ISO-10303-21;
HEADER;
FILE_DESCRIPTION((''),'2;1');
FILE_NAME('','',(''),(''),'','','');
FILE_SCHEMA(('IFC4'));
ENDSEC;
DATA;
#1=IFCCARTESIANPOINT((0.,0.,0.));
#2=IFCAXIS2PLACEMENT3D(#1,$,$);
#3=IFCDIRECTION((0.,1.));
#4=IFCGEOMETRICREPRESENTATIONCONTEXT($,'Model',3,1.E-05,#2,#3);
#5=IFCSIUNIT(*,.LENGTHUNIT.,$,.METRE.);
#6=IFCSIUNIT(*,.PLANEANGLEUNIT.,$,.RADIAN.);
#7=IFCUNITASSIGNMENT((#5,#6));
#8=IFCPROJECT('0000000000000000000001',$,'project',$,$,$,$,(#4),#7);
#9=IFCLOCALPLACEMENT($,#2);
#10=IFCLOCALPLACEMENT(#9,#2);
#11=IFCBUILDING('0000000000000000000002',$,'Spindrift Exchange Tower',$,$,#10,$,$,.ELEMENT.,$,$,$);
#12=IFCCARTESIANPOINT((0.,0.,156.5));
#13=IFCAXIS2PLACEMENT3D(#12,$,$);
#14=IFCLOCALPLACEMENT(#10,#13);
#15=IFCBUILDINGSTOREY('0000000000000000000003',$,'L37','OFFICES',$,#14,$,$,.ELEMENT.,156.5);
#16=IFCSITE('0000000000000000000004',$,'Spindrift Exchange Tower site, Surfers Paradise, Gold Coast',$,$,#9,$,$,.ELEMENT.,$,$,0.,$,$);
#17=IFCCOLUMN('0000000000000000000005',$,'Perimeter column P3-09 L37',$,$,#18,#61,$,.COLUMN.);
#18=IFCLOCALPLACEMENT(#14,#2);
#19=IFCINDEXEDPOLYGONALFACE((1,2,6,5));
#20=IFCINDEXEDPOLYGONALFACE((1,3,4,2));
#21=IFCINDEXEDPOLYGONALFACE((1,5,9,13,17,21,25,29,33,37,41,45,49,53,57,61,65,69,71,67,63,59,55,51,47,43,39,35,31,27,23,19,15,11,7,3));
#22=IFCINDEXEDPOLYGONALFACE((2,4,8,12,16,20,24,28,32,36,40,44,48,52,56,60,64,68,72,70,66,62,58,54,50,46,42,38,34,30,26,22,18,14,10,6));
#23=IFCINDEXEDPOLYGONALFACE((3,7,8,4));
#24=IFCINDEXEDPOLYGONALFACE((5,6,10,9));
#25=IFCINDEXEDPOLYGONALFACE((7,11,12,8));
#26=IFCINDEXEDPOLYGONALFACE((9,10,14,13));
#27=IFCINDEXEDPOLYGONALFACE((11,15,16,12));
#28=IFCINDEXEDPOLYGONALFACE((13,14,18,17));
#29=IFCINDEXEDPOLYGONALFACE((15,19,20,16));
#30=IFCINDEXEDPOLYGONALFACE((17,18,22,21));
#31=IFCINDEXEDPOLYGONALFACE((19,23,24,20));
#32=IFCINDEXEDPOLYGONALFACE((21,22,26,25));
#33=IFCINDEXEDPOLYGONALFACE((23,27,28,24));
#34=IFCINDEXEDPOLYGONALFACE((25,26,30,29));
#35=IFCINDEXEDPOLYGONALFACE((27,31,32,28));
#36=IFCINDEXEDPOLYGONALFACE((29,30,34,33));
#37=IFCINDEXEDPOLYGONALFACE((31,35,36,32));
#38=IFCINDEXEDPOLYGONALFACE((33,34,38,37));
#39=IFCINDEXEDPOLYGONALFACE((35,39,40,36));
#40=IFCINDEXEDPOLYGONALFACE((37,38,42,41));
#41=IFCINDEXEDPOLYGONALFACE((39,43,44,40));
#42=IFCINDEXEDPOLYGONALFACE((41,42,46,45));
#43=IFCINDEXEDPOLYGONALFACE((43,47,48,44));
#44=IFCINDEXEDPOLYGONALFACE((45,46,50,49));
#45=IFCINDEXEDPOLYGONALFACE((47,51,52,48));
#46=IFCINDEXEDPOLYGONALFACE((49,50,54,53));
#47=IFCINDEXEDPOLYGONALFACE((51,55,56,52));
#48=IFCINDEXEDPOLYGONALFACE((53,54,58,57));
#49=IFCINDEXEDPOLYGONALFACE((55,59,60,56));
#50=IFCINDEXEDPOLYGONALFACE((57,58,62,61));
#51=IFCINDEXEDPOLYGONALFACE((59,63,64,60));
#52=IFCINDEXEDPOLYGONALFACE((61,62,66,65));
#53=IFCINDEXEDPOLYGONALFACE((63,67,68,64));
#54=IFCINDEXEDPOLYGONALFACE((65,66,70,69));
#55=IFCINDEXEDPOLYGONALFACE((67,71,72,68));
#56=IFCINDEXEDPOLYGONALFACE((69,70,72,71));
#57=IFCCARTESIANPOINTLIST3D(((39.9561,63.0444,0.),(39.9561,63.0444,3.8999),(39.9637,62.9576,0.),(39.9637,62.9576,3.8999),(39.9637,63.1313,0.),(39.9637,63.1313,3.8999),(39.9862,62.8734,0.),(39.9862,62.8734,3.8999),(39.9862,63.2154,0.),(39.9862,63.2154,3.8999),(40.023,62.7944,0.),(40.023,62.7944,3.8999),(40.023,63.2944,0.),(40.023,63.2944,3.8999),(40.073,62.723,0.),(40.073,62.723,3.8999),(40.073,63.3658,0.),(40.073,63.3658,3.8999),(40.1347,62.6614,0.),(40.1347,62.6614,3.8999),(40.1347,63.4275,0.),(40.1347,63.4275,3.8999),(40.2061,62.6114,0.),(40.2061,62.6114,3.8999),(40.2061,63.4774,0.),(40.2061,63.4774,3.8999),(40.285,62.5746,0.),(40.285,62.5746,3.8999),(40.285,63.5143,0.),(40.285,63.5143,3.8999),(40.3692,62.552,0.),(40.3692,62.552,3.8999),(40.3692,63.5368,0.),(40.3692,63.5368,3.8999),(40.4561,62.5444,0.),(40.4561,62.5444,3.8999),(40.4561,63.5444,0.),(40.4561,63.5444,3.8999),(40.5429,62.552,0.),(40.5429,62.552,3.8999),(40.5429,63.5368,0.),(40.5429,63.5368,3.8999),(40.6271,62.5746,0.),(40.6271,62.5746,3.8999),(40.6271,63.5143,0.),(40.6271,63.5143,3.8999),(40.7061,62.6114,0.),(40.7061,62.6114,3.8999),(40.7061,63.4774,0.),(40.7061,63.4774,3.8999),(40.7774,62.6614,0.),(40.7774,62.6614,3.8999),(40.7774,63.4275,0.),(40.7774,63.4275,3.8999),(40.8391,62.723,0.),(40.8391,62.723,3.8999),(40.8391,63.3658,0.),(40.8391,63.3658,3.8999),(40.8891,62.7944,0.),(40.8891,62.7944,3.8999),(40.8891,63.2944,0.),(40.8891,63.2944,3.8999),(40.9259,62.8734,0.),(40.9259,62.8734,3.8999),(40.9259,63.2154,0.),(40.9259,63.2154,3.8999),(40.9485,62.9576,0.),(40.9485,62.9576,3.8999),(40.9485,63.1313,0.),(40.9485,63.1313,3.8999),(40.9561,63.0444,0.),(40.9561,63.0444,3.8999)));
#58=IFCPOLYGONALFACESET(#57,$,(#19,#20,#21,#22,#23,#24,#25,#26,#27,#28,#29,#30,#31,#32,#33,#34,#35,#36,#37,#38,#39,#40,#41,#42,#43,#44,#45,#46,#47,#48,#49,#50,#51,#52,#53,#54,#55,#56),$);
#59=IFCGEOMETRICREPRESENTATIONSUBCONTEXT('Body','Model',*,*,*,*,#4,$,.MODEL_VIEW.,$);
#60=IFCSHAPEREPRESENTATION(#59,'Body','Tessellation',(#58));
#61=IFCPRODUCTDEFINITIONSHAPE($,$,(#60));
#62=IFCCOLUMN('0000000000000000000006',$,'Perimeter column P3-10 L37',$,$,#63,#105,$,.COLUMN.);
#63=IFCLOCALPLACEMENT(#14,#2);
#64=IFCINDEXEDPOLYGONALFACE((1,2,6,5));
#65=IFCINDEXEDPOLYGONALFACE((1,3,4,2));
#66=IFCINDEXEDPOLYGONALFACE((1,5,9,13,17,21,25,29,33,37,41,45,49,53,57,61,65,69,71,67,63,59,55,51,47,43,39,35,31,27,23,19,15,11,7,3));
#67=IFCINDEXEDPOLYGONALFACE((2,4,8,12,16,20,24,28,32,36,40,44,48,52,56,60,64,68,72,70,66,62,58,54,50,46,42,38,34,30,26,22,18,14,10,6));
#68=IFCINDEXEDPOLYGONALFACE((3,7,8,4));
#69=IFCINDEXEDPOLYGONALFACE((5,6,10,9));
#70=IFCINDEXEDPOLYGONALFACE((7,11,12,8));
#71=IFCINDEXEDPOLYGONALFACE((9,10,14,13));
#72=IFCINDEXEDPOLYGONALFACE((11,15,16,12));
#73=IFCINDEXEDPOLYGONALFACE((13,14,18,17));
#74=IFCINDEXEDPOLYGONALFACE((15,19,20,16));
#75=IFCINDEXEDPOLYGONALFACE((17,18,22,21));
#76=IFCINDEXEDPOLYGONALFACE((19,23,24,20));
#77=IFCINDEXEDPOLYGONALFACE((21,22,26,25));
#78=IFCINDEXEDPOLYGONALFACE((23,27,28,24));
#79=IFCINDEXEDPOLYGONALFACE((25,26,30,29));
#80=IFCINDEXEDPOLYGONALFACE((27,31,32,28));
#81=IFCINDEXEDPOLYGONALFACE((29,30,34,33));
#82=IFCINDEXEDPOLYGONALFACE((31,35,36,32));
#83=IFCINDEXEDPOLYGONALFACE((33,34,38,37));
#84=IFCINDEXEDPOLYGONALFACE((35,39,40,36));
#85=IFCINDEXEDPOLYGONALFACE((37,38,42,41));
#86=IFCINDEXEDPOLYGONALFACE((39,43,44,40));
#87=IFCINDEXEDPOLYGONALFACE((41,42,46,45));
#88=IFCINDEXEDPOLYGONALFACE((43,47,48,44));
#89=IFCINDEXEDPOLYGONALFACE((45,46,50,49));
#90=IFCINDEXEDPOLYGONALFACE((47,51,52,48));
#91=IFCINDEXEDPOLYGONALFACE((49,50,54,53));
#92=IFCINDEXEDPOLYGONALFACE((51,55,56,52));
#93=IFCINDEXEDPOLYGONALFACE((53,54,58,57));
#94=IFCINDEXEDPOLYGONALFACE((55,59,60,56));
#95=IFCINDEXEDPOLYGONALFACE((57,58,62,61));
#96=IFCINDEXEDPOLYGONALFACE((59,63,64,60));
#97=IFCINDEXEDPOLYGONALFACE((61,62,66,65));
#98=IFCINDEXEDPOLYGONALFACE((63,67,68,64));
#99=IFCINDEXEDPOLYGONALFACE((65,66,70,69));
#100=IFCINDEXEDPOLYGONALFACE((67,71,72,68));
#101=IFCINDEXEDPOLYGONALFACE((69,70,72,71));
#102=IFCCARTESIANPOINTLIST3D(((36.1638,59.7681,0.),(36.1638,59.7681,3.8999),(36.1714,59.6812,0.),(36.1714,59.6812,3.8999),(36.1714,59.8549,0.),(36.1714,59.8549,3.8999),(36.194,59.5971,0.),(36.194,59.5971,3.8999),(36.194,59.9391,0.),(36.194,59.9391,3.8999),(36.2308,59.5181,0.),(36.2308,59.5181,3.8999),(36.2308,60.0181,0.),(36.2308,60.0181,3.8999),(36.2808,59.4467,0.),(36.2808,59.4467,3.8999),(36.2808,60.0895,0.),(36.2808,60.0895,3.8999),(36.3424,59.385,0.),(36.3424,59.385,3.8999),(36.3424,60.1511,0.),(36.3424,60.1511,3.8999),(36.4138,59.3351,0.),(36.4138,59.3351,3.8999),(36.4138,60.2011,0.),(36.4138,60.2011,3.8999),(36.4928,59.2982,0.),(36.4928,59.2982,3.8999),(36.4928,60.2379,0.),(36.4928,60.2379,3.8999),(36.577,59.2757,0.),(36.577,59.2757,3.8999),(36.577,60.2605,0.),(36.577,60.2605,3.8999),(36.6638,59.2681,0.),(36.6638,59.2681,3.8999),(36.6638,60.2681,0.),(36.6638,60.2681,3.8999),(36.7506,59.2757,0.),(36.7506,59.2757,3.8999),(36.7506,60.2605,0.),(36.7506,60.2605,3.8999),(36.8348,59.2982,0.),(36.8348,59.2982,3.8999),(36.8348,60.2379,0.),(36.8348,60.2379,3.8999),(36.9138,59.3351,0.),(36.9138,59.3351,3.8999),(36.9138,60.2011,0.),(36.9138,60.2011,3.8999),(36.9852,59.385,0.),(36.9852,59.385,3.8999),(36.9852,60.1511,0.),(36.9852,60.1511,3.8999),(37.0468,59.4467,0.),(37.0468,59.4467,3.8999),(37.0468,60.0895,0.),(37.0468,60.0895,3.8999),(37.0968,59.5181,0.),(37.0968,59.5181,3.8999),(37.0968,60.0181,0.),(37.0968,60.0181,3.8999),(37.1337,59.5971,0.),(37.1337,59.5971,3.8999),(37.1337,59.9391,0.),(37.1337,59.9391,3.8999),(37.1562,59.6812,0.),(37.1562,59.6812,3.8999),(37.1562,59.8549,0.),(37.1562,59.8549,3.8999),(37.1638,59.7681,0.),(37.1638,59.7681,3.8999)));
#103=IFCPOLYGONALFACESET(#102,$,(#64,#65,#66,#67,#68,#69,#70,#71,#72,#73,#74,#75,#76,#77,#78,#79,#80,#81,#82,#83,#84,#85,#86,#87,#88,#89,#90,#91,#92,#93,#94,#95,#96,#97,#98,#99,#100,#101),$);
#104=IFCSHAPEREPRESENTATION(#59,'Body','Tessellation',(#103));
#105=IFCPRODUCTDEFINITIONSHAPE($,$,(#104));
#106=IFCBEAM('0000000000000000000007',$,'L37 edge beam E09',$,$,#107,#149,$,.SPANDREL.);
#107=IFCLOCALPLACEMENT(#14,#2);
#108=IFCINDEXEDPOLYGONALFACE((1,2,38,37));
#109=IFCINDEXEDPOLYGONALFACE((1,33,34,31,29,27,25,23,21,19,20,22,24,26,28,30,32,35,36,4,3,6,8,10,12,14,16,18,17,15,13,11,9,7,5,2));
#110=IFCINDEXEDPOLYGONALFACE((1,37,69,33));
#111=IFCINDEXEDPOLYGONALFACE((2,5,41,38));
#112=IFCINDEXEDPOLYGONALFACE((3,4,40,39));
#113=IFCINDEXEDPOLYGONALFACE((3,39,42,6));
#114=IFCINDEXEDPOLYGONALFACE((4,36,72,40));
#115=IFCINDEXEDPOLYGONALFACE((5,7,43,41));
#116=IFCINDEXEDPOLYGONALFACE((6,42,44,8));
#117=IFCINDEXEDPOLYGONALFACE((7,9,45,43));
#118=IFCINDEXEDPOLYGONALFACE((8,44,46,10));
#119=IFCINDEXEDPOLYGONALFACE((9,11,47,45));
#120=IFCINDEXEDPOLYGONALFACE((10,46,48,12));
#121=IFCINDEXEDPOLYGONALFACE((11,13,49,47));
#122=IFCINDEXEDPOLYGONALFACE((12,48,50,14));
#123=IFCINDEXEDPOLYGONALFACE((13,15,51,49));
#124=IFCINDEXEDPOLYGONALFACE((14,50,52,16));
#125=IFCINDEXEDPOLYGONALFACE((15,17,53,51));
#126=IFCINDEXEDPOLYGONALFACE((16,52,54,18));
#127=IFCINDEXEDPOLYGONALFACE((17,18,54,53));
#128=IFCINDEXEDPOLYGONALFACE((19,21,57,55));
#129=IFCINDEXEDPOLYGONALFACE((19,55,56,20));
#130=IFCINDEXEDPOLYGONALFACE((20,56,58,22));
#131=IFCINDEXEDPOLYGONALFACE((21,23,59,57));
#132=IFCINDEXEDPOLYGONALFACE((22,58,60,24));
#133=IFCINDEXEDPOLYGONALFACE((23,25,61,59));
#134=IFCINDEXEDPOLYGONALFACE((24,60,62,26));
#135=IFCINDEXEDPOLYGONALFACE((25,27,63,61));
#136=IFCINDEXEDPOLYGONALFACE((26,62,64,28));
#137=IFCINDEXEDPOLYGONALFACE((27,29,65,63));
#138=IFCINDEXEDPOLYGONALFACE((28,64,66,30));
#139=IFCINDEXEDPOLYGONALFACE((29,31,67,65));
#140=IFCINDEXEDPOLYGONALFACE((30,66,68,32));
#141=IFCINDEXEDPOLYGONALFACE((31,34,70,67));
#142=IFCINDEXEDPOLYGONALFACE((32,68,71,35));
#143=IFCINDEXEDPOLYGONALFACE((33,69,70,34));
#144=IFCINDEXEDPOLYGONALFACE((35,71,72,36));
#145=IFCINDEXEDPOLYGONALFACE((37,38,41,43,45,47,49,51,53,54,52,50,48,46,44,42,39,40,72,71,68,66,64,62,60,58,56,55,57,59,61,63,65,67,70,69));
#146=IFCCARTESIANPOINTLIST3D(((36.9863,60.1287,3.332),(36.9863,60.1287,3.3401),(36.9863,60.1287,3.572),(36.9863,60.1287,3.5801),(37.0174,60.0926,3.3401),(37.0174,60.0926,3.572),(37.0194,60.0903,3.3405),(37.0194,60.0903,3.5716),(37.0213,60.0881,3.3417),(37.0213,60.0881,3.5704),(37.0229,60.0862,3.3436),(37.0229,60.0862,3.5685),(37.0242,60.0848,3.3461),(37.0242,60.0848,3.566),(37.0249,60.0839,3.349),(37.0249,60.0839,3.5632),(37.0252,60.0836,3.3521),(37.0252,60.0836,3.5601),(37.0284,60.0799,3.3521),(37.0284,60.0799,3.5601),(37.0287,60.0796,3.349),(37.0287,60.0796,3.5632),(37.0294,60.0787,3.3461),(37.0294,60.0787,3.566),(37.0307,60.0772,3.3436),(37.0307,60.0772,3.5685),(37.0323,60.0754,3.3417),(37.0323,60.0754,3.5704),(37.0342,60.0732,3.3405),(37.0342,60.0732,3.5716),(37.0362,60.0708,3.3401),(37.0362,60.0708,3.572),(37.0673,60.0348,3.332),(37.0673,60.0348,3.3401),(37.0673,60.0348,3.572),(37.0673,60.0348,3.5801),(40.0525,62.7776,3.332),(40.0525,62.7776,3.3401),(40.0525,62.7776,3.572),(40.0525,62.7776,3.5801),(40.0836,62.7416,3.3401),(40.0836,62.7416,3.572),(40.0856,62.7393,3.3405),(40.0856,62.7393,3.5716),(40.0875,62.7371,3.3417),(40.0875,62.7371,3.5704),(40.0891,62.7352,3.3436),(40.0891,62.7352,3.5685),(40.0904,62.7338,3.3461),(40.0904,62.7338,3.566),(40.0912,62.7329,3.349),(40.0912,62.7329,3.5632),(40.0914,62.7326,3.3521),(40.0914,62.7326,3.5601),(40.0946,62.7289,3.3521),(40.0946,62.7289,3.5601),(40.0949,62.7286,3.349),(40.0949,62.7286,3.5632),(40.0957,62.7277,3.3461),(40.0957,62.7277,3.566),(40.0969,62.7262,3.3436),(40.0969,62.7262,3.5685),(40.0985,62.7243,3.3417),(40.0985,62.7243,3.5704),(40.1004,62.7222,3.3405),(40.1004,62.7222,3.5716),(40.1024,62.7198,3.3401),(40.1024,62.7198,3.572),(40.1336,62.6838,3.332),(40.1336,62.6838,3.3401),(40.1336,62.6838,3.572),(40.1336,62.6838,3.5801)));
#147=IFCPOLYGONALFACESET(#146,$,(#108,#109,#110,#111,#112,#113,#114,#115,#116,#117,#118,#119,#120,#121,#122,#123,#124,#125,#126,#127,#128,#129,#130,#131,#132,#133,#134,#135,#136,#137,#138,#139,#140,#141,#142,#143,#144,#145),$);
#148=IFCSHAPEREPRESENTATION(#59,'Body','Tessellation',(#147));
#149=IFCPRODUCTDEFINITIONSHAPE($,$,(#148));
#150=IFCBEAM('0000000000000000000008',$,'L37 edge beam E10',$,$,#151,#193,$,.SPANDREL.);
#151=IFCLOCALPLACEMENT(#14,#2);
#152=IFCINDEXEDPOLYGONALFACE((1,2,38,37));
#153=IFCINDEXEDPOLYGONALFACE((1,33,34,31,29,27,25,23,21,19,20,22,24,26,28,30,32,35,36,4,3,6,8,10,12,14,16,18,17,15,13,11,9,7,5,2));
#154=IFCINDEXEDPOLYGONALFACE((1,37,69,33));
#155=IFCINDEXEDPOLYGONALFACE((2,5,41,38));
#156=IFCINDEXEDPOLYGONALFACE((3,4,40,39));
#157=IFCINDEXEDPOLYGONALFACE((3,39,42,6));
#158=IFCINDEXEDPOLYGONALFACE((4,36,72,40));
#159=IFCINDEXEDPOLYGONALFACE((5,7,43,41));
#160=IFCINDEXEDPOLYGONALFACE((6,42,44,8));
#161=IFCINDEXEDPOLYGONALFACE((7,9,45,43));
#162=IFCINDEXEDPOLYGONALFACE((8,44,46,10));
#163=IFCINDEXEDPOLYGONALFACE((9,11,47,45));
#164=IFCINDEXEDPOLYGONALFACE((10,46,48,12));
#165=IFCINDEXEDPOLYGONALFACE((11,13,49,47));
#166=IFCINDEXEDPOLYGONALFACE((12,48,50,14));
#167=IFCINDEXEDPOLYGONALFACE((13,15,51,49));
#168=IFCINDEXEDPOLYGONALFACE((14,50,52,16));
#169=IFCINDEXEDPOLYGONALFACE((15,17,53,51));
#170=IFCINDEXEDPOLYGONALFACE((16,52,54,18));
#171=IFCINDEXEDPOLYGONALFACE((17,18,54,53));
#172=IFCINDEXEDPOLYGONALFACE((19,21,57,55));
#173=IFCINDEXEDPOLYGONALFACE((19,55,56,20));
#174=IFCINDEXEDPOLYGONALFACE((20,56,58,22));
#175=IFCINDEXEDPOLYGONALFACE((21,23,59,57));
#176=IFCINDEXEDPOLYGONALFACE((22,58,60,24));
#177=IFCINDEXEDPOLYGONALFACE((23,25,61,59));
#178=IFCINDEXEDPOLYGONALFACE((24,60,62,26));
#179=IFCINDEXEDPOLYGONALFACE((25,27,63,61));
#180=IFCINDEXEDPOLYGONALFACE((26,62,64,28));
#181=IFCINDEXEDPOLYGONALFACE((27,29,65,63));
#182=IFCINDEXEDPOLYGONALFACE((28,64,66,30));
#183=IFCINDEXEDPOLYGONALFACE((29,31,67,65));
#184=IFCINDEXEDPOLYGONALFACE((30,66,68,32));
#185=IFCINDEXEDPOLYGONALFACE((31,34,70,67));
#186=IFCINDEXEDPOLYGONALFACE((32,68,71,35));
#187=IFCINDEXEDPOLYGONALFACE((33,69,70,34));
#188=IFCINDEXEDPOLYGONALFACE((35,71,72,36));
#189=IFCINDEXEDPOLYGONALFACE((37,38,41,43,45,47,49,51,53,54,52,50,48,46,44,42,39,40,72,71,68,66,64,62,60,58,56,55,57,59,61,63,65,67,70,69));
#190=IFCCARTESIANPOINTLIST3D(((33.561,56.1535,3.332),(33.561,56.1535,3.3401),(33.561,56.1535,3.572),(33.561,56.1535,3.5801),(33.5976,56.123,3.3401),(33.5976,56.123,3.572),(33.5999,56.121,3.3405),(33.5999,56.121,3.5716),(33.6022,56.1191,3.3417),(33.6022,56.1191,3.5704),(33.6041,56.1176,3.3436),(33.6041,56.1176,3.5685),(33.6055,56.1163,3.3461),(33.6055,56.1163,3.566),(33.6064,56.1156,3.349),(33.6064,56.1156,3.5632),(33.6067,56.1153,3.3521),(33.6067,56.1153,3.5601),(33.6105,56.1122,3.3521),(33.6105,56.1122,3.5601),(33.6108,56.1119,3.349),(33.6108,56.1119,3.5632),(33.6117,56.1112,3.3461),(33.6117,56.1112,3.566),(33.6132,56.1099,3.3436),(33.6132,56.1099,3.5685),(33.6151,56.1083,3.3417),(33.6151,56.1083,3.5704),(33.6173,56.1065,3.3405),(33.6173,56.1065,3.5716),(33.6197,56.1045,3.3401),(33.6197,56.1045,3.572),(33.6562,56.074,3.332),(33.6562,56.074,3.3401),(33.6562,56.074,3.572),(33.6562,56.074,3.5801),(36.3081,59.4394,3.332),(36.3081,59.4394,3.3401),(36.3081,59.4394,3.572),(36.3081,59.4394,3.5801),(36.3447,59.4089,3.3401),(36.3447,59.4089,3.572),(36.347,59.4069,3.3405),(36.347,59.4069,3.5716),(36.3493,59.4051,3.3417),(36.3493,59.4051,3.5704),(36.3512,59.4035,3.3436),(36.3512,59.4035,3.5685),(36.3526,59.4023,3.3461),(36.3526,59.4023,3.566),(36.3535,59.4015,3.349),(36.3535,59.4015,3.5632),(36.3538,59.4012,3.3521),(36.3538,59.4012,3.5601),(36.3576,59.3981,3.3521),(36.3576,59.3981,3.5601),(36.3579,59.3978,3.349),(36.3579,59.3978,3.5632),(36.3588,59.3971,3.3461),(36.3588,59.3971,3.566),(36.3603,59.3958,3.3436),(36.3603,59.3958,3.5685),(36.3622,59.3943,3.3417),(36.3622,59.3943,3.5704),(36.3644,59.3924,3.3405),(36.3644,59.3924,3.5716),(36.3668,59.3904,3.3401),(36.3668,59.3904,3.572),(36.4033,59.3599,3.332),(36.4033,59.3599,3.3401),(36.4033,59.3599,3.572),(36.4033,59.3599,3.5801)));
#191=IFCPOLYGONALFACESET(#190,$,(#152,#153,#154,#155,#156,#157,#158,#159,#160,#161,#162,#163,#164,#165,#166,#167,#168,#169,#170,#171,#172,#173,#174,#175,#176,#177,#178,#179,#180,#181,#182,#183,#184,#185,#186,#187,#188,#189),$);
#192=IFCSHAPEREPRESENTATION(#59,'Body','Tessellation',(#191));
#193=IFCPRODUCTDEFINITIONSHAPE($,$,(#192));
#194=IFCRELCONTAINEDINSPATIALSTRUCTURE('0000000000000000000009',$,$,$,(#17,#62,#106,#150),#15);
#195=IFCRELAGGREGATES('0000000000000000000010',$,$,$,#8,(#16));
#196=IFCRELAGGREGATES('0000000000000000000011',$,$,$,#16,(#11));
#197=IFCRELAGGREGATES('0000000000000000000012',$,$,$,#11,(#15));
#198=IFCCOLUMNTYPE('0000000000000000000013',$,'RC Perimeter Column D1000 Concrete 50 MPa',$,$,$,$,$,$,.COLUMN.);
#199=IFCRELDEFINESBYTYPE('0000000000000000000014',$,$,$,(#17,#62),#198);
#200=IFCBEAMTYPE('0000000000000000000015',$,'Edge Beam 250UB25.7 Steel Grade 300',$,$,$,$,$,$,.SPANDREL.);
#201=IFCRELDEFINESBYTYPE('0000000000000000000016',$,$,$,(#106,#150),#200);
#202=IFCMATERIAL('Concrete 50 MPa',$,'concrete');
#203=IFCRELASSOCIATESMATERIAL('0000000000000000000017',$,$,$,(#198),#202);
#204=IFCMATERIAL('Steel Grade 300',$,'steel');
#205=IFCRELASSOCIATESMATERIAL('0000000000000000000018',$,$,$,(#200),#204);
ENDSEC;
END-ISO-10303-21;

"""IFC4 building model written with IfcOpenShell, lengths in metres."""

from ifc_helpers import new_model, si_unit, direction, frame, origin, origin_2d, place, context, subcontext, project, spatial, circle, i_section, extrude, source, transform, mapped, material, material_profile, profile_set, type_object, element, save


model = new_model("IFC4")

# Units and contexts
model_context = context("Model", 3, precision=1e-05, world=origin(), true_north=direction((0.0, 1.0)))
body_context = subcontext(model_context, "Body", "Model", "MODEL_VIEW")
ifc_project = project(units=[si_unit("LENGTHUNIT", "METRE"), si_unit("PLANEANGLEUNIT", "RADIAN")], contexts=[model_context])

# Site, building, storey
site_placement = place(None, origin())
site = spatial("IfcSite", under=ifc_project, at=site_placement, Name="Spindrift Exchange Tower site, Surfers Paradise, Gold Coast", CompositionType="ELEMENT", RefElevation=0.0)
building_placement = place(site_placement, origin())
building = spatial("IfcBuilding", under=site, at=building_placement, Name="Spindrift Exchange Tower", CompositionType="ELEMENT")
storey_placement = place(building_placement, frame((0.0, 0.0, 156.5)))
storey = spatial("IfcBuildingStorey", under=building, at=storey_placement, Name="L37", Description="OFFICES", CompositionType="ELEMENT", Elevation=156.5)

# Columns
ifc_material_1 = material(Name="Concrete 50 MPa", Category="concrete")
ifc_material_profile_1 = material_profile(ifc_material_1, circle(Radius=0.5, at=origin_2d()), Name="RC D1000")
ifc_profile_set_1 = profile_set([ifc_material_profile_1], Name="Concrete 50 MPa")
column_type = type_object("IfcColumnType", Name="RC Perimeter Column D1000 Concrete 50 MPa", PredefinedType="COLUMN", material=ifc_profile_set_1)
shared_shape_1 = source(origin(), body_context, "Body", "SweptSolid", [
    extrude(circle(Radius=0.5, at=origin_2d()), origin(), (0.0, 0.0, 1.0), 3.8999),
])
for number, where, z_axis, x_axis, name in (
    (1, (40.4561, 63.0444, 0.0), (0.0, 0.0, 1.0), (1.0, 0.0, 0.0), "Perimeter column P3-09 L37"),
    (2, (36.6638, 59.7681, 0.0), (0.0, 0.0, 1.0), (1.0, 0.0, 0.0), "Perimeter column P3-10 L37"),
):
    element("IfcColumn", number, at=place(storey_placement, frame(where, z_axis=z_axis, x_axis=x_axis)), inside=storey, type_object=column_type, Name=name, PredefinedType="COLUMN", context=body_context, shape_type="MappedRepresentation", body=[
        mapped(shared_shape_1, transform((0.0, 0.0, 0.0), scale=1.0)),
    ])

# Beams
ifc_material_2 = material(Name="Steel Grade 300", Category="steel")
ifc_material_profile_2 = material_profile(ifc_material_2, i_section(OverallWidth=0.124, OverallDepth=0.248, WebThickness=0.0049, FlangeThickness=0.0081, FilletRadius=0.012, at=origin_2d()), Name="250UB25.7")
ifc_profile_set_2 = profile_set([ifc_material_profile_2], Name="Steel Grade 300")
beam_type = type_object("IfcBeamType", Name="Edge Beam 250UB25.7 Steel Grade 300", PredefinedType="SPANDREL", material=ifc_profile_set_2)
shared_shape_2 = source(origin(), body_context, "Body", "SweptSolid", [
    extrude(i_section(OverallWidth=0.124, OverallDepth=0.248, WebThickness=0.0049, FlangeThickness=0.0081, FilletRadius=0.012, at=origin_2d()), origin(), (0.0, 0.0, 1.0), 4.052),
])
beam_1_placement = place(storey_placement, frame((40.093, 62.7307, 3.4561), z_axis=(-0.756716, -0.653744, 0.0), x_axis=(0.653744, -0.756716, 0.0)))
element("IfcBeam", 3, at=beam_1_placement, inside=storey, type_object=beam_type, Name="L37 edge beam E09", PredefinedType="SPANDREL", context=body_context, shape_type="MappedRepresentation", body=[
    mapped(shared_shape_2, transform((0.0, 0.0, 0.0), scale=1.0)),
])
shared_shape_3 = source(origin(), body_context, "Body", "SweptSolid", [
    extrude(i_section(OverallWidth=0.124, OverallDepth=0.248, WebThickness=0.0049, FlangeThickness=0.0081, FilletRadius=0.012, at=origin_2d()), origin(), (0.0, 0.0, 1.0), 4.283),
])
beam_2_placement = place(storey_placement, frame((36.3557, 59.3997, 3.4561), z_axis=(-0.6414, -0.767206, 0.0), x_axis=(0.767206, -0.6414, 0.0)))
element("IfcBeam", 4, at=beam_2_placement, inside=storey, type_object=beam_type, Name="L37 edge beam E10", PredefinedType="SPANDREL", context=body_context, shape_type="MappedRepresentation", body=[
    mapped(shared_shape_3, transform((0.0, 0.0, 0.0), scale=1.0)),
])

save(model, "model.ifc")
